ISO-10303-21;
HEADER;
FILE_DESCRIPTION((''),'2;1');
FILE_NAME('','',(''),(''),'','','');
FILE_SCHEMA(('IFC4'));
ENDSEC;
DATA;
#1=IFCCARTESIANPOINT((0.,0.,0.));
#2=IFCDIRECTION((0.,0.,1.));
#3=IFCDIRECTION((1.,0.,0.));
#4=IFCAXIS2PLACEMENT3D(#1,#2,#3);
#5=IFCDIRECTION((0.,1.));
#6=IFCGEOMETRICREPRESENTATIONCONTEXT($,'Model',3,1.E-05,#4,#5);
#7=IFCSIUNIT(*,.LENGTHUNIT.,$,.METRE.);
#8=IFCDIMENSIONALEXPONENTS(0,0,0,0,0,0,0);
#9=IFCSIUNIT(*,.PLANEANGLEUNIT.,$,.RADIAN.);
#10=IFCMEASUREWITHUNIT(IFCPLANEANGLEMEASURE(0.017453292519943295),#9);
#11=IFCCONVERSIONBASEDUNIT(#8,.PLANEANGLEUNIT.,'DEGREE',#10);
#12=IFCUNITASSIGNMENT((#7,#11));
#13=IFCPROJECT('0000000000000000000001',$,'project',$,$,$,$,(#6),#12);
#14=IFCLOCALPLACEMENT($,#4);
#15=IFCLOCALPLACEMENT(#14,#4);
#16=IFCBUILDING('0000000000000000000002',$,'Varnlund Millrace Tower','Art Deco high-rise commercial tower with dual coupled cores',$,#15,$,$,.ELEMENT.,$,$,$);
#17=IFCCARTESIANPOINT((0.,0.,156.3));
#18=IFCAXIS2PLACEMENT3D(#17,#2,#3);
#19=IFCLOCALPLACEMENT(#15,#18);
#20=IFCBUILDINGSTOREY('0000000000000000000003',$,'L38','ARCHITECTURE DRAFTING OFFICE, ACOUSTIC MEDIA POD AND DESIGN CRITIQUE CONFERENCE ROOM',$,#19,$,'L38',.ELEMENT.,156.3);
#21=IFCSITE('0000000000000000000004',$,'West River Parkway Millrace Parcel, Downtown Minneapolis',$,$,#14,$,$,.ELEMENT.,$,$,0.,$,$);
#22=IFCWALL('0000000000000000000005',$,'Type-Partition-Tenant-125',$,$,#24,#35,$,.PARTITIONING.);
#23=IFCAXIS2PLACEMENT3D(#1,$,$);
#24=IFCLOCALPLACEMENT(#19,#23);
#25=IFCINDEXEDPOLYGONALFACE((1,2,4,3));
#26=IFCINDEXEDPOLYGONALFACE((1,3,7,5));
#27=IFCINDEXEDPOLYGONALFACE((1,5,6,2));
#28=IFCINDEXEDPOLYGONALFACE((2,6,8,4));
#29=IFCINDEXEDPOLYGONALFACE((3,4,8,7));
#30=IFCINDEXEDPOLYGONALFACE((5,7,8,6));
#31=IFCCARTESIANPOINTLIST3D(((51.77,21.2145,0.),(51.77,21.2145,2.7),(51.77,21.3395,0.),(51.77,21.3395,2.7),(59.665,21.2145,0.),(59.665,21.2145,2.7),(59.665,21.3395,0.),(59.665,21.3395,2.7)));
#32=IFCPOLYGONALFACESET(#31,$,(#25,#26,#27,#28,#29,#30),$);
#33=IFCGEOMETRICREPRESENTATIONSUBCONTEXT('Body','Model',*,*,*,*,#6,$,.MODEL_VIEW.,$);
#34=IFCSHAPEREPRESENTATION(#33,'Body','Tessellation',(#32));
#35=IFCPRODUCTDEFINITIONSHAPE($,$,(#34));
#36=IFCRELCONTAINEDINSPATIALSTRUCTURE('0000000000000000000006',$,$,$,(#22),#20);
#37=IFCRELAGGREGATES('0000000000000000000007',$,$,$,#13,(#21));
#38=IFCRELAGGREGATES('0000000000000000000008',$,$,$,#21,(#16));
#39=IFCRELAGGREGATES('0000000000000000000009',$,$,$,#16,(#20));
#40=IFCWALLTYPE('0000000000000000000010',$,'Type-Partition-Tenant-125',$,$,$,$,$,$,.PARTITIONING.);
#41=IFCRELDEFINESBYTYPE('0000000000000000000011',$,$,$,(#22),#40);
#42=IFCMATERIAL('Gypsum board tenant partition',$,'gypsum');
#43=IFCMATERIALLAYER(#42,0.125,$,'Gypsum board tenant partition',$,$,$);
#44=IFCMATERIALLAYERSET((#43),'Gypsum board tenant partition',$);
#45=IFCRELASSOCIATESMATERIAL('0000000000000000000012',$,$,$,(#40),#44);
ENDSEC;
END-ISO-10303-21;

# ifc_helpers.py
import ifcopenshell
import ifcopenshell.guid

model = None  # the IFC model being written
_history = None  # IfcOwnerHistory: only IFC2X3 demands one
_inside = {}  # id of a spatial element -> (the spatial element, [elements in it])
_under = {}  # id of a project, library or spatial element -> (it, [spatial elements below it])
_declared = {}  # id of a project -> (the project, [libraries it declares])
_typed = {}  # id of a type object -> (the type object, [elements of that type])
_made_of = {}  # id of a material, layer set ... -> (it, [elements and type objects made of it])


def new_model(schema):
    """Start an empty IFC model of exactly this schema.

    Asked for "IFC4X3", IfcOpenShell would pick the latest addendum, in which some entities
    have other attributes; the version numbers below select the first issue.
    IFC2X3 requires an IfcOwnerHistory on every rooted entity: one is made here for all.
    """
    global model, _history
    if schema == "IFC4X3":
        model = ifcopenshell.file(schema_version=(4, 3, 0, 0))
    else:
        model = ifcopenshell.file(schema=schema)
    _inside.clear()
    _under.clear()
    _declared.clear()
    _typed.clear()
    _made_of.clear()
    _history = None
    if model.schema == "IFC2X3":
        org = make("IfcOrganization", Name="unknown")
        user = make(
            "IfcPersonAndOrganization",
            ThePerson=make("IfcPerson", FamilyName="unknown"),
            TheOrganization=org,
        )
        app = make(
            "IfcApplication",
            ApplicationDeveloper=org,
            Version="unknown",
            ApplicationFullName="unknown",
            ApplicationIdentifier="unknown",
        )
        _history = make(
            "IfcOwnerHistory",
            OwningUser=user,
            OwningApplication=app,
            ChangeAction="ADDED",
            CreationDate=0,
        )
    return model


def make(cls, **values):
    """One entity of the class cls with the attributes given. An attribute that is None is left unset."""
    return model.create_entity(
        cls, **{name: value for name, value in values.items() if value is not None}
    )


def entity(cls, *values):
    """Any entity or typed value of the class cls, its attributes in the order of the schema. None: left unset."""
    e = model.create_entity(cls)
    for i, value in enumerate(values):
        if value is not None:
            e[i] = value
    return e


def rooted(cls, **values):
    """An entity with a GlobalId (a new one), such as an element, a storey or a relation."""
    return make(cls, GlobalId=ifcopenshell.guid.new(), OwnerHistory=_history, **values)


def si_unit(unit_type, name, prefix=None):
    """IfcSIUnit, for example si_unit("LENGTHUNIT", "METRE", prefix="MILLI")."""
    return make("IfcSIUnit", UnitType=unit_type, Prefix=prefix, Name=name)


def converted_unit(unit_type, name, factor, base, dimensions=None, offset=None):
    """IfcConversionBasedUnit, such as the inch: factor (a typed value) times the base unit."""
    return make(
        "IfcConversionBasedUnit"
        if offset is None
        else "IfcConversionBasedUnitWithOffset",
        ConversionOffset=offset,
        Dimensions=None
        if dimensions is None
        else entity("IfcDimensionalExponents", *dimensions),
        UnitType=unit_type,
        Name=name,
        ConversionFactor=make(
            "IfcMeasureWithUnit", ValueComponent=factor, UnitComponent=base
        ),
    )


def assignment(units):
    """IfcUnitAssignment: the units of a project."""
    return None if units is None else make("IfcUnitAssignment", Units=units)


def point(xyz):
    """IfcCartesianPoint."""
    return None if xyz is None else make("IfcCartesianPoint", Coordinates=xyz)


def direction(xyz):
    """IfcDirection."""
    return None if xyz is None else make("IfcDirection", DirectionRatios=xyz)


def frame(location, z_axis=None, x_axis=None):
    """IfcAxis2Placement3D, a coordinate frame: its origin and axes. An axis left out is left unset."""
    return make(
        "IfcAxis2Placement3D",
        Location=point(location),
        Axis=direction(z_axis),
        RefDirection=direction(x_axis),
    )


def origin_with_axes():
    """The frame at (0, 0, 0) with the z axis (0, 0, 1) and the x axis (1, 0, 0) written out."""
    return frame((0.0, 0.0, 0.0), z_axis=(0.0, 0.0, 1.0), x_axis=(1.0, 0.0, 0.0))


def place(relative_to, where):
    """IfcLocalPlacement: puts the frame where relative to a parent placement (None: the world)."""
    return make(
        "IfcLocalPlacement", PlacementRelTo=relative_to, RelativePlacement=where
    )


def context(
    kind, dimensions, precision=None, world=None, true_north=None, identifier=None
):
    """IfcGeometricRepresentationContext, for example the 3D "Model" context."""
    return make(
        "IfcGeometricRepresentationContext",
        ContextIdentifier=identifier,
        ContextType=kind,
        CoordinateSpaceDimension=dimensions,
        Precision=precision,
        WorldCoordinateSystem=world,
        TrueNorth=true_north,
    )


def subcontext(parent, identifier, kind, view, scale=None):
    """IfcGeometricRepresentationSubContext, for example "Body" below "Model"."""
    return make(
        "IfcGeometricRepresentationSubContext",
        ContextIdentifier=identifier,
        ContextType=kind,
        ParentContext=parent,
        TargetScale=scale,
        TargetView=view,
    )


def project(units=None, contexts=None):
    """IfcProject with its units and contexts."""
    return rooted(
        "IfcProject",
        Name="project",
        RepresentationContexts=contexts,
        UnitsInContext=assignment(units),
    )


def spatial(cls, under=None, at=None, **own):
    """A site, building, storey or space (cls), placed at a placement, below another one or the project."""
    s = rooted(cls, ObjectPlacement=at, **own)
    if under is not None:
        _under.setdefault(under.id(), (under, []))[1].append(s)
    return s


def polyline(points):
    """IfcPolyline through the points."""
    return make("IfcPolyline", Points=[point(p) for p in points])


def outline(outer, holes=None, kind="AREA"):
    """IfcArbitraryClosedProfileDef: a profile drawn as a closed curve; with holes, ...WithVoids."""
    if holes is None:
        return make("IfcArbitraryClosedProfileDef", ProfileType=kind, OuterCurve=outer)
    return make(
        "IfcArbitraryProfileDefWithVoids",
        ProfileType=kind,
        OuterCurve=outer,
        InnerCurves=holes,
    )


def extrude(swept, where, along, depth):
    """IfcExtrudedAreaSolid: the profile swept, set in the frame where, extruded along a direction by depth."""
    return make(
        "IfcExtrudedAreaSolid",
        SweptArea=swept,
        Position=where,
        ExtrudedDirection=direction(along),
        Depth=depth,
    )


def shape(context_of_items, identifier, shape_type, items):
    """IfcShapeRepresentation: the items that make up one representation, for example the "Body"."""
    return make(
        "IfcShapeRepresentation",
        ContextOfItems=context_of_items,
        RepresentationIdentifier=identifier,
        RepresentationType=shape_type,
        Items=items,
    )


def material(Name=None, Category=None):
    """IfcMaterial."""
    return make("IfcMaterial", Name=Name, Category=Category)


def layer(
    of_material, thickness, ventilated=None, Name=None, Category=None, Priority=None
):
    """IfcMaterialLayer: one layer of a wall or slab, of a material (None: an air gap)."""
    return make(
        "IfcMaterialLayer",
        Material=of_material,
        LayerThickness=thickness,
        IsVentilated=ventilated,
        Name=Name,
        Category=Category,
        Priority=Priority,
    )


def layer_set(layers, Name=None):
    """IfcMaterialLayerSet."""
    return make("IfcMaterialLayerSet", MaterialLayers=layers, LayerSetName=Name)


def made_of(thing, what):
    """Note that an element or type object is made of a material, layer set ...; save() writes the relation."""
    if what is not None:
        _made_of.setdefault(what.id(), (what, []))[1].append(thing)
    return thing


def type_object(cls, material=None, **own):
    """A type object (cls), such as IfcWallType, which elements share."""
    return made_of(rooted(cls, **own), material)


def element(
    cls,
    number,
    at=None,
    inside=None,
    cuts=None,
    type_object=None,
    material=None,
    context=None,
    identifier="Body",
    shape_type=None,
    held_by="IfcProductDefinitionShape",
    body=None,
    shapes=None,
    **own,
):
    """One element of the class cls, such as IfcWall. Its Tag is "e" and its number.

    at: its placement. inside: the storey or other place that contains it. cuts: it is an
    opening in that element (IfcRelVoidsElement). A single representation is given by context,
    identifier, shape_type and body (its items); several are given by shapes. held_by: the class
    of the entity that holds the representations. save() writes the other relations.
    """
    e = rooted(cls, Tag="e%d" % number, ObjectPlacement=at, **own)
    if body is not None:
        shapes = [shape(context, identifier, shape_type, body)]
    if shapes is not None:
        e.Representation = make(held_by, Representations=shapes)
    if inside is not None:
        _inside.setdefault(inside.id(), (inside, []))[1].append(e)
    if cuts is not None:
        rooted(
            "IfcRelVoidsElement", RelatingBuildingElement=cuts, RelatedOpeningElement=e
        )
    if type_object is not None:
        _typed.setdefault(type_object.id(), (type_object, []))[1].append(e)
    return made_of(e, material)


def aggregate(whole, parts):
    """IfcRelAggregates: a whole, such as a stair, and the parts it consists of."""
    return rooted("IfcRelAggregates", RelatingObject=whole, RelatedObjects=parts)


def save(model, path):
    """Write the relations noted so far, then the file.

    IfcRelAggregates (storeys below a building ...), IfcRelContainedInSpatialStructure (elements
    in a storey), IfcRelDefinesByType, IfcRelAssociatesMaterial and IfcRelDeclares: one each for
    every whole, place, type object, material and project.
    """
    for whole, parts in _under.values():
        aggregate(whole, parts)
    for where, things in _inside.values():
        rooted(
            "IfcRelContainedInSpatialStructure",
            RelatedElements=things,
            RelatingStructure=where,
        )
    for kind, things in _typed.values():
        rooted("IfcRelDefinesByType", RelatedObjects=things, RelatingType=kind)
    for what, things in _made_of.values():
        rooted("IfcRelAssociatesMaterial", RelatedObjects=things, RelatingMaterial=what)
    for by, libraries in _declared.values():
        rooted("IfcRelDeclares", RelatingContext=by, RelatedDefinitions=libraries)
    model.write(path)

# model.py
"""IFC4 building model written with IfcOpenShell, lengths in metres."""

from ifc_helpers import new_model, entity, si_unit, converted_unit, direction, frame, origin_with_axes, place, context, subcontext, project, spatial, polyline, outline, extrude, material, layer, layer_set, type_object, element, save


model = new_model("IFC4")

# Units and contexts
model_context = context("Model", 3, precision=1e-05, world=origin_with_axes(), true_north=direction((0.0, 1.0)))
body_context = subcontext(model_context, "Body", "Model", "MODEL_VIEW")
ifc_project = project(units=[si_unit("LENGTHUNIT", "METRE"), converted_unit("PLANEANGLEUNIT", "DEGREE", entity("IfcPlaneAngleMeasure", 0.017453292519943295), si_unit("PLANEANGLEUNIT", "RADIAN"), dimensions=[0, 0, 0, 0, 0, 0, 0])], contexts=[model_context])

# Site, building, storey
site_placement = place(None, origin_with_axes())
site = spatial("IfcSite", under=ifc_project, at=site_placement, Name="West River Parkway Millrace Parcel, Downtown Minneapolis", CompositionType="ELEMENT", RefElevation=0.0)
building_placement = place(site_placement, origin_with_axes())
building = spatial("IfcBuilding", under=site, at=building_placement, Name="Varnlund Millrace Tower", Description="Art Deco high-rise commercial tower with dual coupled cores", CompositionType="ELEMENT")
storey_placement = place(building_placement, frame((0.0, 0.0, 156.3), z_axis=(0.0, 0.0, 1.0), x_axis=(1.0, 0.0, 0.0)))
storey = spatial("IfcBuildingStorey", under=building, at=storey_placement, Name="L38", Description="ARCHITECTURE DRAFTING OFFICE, ACOUSTIC MEDIA POD AND DESIGN CRITIQUE CONFERENCE ROOM", LongName="L38", CompositionType="ELEMENT", Elevation=156.3)

# Wall
ifc_material_1 = material(Name="Gypsum board tenant partition", Category="gypsum")
ifc_layer_1 = layer(ifc_material_1, 0.125, Name="Gypsum board tenant partition")
ifc_layer_set_1 = layer_set([ifc_layer_1], Name="Gypsum board tenant partition")
wall_type_1 = type_object("IfcWallType", Name="Type-Partition-Tenant-125", PredefinedType="PARTITIONING", material=ifc_layer_set_1)
wall_1_placement = place(storey_placement, frame((51.77, 21.277, 0.0), z_axis=(0.0, 0.0, 1.0), x_axis=(1.0, 0.0, 0.0)))
element("IfcWall", 1, at=wall_1_placement, inside=storey, type_object=wall_type_1, Name="Type-Partition-Tenant-125", PredefinedType="PARTITIONING", context=body_context, shape_type="SweptSolid", body=[
    extrude(outline(polyline([(0.0, -0.0625), (7.895, -0.0625), (7.895, 0.0625), (0.0, 0.0625), (0.0, -0.0625)])), origin_with_axes(), (0.0, 0.0, 1.0), 2.7),
])

save(model, "model.ifc")
